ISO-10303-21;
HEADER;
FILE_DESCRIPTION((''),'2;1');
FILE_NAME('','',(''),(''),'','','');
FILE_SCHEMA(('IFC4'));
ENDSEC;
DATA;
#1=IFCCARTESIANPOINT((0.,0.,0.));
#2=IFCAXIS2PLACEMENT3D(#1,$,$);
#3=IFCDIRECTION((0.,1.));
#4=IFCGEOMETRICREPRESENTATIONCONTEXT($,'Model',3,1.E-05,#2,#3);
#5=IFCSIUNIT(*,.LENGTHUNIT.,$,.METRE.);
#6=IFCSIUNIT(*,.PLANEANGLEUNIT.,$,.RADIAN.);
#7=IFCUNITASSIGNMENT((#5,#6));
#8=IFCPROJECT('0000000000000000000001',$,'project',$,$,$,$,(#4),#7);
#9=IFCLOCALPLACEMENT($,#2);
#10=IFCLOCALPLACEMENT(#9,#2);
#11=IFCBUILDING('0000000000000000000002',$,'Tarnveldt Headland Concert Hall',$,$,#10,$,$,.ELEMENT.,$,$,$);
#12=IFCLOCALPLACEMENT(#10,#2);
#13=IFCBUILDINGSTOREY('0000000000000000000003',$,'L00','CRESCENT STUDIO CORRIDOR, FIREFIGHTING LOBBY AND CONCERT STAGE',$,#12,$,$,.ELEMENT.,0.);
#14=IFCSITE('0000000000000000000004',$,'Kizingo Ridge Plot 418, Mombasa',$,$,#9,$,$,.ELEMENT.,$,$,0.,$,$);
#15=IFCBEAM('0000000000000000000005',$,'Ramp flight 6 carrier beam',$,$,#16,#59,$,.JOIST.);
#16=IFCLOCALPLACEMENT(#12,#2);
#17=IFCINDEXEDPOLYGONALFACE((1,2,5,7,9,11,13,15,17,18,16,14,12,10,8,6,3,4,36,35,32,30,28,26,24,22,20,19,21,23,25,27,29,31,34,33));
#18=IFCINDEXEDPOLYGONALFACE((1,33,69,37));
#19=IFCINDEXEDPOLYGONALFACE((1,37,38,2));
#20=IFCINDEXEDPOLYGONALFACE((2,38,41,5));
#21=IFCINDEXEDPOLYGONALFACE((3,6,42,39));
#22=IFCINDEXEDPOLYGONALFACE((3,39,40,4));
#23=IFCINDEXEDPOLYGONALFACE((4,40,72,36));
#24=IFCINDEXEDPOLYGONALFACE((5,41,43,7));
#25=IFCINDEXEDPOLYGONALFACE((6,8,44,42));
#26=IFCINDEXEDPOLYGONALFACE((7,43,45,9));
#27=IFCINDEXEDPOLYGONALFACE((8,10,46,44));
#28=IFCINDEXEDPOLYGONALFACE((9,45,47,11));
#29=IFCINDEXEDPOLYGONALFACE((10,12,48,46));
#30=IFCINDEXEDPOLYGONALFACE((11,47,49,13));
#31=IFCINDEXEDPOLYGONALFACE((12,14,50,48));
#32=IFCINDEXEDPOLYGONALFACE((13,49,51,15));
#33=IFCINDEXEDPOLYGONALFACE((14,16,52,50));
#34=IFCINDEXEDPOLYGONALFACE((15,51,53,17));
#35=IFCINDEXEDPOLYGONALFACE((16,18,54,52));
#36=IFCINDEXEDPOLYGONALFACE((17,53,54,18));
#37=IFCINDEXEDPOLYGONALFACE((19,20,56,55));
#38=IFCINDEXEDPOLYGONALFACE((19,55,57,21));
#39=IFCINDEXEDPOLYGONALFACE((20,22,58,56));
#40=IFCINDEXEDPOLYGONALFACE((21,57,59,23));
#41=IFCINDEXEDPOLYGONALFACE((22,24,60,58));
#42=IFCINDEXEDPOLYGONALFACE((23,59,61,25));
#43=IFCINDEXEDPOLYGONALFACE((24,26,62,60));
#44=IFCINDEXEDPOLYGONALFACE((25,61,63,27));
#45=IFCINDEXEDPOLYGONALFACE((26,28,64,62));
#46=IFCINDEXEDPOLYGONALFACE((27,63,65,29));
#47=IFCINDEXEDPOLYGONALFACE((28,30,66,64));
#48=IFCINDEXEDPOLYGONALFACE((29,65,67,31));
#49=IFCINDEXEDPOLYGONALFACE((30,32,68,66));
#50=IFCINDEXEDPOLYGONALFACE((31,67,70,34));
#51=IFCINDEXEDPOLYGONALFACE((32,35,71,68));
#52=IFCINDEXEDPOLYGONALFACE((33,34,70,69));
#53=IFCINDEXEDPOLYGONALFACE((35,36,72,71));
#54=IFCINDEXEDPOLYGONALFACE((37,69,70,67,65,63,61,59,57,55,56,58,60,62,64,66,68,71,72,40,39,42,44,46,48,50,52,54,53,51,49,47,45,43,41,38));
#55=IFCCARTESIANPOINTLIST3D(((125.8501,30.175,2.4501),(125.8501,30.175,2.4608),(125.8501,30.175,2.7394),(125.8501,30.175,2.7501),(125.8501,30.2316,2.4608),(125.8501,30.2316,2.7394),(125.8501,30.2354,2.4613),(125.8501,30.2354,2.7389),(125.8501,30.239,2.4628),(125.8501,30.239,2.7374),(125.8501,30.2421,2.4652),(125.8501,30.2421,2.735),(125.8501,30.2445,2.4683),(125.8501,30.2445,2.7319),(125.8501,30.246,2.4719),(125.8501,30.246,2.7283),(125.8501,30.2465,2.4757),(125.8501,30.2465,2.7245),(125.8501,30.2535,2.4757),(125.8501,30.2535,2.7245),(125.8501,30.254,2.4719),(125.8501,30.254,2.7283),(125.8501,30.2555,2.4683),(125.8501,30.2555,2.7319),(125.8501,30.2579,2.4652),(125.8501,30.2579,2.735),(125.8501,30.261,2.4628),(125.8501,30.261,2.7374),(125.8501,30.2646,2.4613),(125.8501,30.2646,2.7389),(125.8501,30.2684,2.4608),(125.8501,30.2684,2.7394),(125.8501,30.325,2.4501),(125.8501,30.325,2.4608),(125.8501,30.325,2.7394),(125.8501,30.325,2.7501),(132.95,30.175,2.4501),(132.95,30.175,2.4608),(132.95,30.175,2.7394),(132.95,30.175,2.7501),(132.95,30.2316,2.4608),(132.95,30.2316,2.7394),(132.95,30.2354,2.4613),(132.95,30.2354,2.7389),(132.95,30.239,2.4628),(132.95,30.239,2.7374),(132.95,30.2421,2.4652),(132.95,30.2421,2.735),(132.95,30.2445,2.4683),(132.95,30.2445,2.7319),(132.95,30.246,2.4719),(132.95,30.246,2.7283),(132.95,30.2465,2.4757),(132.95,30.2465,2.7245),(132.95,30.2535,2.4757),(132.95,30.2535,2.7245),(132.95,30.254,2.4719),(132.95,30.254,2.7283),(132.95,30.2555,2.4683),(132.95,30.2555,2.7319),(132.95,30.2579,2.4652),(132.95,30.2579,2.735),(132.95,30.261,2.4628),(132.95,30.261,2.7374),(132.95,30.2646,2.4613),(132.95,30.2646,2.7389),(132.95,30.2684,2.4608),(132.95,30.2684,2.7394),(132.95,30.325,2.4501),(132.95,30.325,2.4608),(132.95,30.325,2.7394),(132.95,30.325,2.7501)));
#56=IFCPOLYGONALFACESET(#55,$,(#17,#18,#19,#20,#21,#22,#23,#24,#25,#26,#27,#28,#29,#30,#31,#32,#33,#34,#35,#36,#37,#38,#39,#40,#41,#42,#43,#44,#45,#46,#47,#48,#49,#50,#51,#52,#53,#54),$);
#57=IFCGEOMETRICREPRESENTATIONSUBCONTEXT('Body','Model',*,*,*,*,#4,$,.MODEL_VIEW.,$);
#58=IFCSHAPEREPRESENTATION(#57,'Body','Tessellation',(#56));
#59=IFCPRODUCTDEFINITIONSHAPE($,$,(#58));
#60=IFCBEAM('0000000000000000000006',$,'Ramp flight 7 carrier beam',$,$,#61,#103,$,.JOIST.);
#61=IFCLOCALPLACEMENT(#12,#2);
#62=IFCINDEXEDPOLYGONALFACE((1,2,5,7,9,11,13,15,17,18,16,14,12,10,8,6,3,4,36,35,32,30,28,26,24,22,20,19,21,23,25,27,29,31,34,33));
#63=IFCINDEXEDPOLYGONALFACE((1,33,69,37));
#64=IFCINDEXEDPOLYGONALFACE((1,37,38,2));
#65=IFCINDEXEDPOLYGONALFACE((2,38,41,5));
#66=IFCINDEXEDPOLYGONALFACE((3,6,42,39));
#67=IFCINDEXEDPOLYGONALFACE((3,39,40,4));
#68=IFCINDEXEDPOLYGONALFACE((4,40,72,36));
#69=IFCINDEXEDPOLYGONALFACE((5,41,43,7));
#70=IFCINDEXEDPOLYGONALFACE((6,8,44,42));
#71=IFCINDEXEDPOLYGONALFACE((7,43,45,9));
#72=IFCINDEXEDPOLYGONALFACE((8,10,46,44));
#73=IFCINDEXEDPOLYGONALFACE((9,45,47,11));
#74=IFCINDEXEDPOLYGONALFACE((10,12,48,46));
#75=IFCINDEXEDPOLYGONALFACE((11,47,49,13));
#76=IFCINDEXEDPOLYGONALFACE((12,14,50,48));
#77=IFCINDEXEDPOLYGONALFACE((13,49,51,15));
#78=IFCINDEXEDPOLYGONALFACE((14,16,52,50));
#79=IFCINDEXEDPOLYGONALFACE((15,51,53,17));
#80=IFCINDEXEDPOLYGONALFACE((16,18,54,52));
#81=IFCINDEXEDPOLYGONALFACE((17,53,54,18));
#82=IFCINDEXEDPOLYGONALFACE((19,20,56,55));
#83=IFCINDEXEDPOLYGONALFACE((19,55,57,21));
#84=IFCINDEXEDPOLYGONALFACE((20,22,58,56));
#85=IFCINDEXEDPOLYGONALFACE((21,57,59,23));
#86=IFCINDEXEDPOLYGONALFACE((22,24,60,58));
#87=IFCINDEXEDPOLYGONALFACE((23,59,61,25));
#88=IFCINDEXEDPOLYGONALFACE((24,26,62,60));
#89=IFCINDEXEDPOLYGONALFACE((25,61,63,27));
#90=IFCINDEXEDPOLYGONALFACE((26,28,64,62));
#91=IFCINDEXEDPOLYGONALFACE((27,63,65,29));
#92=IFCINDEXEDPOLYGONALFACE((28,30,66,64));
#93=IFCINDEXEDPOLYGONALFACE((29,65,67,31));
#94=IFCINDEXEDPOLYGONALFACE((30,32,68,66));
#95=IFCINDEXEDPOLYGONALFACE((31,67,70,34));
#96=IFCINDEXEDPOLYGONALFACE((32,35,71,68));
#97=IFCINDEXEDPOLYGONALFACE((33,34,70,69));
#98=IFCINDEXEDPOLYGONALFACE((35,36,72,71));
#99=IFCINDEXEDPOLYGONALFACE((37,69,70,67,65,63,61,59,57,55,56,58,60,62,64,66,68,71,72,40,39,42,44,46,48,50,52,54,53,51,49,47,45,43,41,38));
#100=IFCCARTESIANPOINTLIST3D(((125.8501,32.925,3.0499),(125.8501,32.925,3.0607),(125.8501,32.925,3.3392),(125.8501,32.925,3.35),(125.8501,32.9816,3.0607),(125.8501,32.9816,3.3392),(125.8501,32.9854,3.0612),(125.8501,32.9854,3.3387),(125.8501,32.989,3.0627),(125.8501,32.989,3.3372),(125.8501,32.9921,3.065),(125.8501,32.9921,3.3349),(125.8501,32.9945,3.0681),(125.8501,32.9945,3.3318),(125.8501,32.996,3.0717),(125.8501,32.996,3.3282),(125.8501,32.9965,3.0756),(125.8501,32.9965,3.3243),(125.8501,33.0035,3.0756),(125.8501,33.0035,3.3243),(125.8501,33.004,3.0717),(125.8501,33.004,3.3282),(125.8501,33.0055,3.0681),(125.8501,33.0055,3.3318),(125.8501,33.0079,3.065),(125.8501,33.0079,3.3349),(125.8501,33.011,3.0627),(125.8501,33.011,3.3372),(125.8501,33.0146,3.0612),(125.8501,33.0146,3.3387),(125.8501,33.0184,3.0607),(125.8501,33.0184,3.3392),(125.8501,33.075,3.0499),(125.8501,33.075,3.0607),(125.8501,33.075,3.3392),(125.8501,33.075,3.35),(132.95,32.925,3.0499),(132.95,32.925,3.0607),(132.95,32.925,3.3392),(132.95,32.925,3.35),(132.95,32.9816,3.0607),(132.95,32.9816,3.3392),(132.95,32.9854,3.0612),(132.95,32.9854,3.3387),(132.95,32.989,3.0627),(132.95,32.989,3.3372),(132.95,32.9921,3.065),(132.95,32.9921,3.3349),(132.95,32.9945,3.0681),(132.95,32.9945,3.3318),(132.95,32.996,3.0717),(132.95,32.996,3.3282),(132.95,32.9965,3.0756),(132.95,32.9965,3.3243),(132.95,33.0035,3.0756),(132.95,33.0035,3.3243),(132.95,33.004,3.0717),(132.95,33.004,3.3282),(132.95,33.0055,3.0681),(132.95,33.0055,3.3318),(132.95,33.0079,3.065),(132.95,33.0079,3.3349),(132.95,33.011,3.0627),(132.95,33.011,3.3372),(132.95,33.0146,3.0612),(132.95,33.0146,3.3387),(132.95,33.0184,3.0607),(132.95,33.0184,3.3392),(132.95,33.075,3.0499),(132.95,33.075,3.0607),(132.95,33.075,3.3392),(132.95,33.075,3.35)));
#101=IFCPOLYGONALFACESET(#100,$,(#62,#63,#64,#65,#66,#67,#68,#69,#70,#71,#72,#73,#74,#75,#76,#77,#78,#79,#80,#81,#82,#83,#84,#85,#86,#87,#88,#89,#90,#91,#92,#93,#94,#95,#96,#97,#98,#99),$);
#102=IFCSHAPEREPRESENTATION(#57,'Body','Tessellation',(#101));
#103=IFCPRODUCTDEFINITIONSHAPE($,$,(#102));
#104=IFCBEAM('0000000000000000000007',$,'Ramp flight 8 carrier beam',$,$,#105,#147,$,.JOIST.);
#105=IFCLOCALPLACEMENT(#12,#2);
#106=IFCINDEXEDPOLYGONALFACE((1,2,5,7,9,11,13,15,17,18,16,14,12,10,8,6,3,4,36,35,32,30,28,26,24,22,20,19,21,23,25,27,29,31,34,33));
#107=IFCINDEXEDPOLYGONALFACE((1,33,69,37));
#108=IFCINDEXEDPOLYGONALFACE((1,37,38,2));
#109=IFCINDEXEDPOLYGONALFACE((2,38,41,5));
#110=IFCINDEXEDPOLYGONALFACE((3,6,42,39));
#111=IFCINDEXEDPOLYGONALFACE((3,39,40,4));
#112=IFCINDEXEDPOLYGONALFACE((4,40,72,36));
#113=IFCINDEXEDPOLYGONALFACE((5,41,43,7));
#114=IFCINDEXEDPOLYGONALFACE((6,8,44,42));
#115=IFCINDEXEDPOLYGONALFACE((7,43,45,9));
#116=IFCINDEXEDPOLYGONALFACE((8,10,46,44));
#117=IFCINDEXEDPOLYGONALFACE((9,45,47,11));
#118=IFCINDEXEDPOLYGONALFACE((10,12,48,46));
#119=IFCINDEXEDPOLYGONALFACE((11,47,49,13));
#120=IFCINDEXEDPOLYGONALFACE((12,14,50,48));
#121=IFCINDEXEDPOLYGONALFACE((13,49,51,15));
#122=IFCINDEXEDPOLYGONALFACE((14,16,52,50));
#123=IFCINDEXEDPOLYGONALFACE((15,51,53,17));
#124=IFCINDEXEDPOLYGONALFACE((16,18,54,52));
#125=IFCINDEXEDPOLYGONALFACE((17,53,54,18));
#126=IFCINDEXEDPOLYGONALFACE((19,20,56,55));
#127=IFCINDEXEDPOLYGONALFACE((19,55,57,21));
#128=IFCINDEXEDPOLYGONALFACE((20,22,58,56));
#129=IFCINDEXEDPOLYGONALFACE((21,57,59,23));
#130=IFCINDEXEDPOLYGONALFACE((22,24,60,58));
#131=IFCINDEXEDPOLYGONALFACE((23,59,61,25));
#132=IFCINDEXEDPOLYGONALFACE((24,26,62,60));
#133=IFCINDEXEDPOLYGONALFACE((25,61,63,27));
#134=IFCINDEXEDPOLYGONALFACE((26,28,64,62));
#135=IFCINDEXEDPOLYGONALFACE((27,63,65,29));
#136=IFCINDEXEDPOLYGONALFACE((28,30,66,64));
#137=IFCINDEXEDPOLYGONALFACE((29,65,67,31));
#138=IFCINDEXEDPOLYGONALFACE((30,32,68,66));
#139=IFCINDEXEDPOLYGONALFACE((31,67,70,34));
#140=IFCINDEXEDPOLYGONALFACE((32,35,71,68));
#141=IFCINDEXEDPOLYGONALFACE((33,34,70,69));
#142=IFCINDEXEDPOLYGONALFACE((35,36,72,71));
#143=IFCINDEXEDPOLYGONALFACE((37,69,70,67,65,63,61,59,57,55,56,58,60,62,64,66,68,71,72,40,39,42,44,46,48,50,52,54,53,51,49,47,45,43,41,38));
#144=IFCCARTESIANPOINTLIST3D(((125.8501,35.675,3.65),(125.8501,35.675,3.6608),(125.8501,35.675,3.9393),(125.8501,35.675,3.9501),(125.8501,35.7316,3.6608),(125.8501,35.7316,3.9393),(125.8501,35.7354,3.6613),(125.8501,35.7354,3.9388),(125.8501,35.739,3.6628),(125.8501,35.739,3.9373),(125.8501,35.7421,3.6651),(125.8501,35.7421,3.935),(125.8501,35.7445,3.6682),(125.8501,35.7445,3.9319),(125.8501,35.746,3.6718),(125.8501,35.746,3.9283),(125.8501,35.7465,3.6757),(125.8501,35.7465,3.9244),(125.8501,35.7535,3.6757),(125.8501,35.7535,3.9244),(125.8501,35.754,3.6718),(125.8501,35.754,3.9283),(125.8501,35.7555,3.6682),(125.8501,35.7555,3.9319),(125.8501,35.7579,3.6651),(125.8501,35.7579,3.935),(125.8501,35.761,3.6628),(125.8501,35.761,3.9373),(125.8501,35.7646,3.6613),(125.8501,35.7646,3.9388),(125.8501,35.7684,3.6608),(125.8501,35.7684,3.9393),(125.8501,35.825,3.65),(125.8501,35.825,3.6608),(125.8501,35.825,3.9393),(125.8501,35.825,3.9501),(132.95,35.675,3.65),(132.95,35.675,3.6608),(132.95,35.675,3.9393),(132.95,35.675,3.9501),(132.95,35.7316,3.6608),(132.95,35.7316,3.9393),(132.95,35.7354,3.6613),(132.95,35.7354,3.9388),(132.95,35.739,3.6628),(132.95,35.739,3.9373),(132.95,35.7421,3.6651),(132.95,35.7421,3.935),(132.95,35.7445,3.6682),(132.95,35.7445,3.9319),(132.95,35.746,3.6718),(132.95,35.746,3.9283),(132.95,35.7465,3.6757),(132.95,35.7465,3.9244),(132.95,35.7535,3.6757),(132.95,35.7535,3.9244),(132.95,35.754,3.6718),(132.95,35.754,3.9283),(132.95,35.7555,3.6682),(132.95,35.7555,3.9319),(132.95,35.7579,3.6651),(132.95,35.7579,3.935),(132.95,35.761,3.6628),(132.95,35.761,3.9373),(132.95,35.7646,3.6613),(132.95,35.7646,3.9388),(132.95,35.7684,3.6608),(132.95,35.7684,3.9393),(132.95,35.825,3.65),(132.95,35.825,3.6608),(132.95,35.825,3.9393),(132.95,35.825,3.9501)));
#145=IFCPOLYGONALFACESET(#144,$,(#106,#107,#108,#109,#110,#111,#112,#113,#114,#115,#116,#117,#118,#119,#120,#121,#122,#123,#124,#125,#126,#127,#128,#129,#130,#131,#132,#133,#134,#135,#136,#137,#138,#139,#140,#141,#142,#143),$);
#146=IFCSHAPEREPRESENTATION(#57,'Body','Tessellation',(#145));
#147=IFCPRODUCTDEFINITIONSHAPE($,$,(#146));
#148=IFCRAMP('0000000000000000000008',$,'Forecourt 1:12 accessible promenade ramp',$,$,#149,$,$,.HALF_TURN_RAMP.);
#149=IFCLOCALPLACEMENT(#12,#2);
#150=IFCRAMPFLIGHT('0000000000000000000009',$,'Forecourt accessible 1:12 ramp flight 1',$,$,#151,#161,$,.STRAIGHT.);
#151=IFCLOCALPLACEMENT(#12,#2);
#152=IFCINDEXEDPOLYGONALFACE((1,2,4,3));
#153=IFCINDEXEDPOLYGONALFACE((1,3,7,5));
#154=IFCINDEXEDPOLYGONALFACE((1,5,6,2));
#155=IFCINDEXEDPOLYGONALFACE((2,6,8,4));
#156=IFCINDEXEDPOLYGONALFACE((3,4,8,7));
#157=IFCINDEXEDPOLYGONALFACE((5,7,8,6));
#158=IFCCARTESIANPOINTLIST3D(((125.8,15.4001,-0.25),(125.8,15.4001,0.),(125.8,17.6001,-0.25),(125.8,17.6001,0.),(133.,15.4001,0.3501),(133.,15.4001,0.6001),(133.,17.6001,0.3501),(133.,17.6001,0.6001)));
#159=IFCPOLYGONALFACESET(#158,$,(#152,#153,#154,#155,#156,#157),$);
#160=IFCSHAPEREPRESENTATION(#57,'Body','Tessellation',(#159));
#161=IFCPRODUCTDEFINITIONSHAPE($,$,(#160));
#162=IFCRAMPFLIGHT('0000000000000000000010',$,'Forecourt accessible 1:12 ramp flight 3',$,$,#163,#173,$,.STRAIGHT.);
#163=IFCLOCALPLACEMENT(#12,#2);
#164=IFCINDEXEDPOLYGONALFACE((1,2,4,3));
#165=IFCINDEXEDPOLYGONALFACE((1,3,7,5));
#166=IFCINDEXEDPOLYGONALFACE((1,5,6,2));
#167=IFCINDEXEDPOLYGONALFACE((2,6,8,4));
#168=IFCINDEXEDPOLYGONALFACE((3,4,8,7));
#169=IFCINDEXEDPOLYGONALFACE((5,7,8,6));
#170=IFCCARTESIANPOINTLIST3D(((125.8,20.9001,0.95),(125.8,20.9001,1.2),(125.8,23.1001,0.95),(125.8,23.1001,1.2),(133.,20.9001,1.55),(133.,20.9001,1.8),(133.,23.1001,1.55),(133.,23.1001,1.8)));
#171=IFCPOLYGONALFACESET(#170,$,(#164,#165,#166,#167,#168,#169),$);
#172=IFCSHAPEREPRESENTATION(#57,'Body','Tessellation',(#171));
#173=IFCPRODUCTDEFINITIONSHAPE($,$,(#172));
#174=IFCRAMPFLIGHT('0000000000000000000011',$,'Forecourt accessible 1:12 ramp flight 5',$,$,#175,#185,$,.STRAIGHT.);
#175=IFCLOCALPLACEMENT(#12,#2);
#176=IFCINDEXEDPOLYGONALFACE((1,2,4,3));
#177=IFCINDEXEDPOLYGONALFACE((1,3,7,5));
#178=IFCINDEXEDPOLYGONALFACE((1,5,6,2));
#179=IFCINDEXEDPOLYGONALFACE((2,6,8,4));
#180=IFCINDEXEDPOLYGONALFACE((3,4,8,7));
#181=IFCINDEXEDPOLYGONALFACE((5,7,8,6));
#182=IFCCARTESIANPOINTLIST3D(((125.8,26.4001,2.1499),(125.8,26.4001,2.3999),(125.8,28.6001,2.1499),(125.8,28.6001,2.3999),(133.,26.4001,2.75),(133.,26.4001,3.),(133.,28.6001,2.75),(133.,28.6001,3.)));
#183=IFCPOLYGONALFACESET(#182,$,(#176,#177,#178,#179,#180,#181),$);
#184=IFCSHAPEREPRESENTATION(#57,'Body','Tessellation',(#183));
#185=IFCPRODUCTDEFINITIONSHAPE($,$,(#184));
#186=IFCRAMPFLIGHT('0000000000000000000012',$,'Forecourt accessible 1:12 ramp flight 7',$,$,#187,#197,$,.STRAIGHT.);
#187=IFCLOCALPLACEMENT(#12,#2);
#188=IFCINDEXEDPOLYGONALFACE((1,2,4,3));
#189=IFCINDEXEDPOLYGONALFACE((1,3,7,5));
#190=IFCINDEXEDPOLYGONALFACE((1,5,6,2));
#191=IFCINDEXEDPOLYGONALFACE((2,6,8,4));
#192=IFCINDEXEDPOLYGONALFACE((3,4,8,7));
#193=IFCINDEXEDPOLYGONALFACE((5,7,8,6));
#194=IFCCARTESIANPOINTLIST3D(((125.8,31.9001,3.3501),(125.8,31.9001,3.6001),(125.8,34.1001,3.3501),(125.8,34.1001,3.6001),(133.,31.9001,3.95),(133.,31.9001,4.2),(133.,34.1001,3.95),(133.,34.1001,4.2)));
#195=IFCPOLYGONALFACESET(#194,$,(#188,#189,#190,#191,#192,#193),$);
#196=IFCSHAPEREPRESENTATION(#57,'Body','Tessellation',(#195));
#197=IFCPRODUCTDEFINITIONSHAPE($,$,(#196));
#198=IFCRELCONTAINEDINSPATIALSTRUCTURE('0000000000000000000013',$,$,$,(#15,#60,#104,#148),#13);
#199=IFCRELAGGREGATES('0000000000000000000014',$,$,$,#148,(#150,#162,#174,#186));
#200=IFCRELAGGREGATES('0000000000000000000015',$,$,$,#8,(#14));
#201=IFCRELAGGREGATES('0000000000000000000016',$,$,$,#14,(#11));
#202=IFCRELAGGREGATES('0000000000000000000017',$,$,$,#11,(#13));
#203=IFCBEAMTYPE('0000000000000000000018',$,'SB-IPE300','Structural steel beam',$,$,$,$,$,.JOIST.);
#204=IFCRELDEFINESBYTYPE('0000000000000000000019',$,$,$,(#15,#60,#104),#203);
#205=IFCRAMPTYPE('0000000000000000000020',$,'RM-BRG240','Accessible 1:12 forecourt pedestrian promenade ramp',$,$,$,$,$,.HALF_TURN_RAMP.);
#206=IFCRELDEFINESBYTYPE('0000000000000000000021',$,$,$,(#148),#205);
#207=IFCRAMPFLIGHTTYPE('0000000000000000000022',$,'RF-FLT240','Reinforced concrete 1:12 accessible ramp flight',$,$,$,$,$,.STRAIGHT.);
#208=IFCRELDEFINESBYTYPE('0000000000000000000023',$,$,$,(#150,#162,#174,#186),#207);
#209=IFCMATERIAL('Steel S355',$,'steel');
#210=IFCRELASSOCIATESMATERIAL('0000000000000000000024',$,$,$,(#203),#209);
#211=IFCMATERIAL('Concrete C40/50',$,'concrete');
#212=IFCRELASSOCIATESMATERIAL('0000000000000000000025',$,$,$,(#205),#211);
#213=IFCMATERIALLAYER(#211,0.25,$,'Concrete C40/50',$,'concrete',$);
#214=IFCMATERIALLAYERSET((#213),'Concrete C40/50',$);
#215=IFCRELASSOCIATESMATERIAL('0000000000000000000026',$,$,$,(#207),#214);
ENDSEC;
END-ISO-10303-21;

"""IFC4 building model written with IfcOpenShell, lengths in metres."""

from ifc_helpers import new_model, si_unit, direction, frame, origin, origin_2d, place, context, subcontext, project, spatial, polyline, i_section, outline, extrude, material, layer, layer_set, material_profile, profile_set, type_object, element, aggregate, save


model = new_model("IFC4")

# Units and contexts
model_context = context("Model", 3, precision=1e-05, world=origin(), true_north=direction((0.0, 1.0)))
body_context = subcontext(model_context, "Body", "Model", "MODEL_VIEW")
ifc_project = project(units=[si_unit("LENGTHUNIT", "METRE"), si_unit("PLANEANGLEUNIT", "RADIAN")], contexts=[model_context])

# Site, building, storey
site_placement = place(None, origin())
site = spatial("IfcSite", under=ifc_project, at=site_placement, Name="Kizingo Ridge Plot 418, Mombasa", CompositionType="ELEMENT", RefElevation=0.0)
building_placement = place(site_placement, origin())
building = spatial("IfcBuilding", under=site, at=building_placement, Name="Tarnveldt Headland Concert Hall", CompositionType="ELEMENT")
storey_placement = place(building_placement, origin())
storey = spatial("IfcBuildingStorey", under=building, at=storey_placement, Name="L00", Description="CRESCENT STUDIO CORRIDOR, FIREFIGHTING LOBBY AND CONCERT STAGE", CompositionType="ELEMENT", Elevation=0.0)

# Shared definitions
ifc_material_1 = material(Name="Steel S355", Category="steel")

# Beams
ifc_material_profile_1 = material_profile(ifc_material_1, i_section(OverallWidth=0.1499, OverallDepth=0.3, WebThickness=0.0071, FlangeThickness=0.0107, FilletRadius=0.0149, at=origin_2d()), Name="IPE300", Category="steel")
ifc_profile_set_1 = profile_set([ifc_material_profile_1], Name="Steel S355")
beam_type_1 = type_object("IfcBeamType", Name="SB-IPE300", Description="Structural steel beam", PredefinedType="JOIST", material=ifc_profile_set_1)
for number, where, z_axis, x_axis, name in (
    (1, (125.8501, 30.25, 2.6001), (1.0, 0.0, 0.0), (0.0, 1.0, 0.0), "Ramp flight 6 carrier beam"),
    (2, (125.8501, 33.0, 3.2), (1.0, 0.0, 0.0), (0.0, 1.0, 0.0), "Ramp flight 7 carrier beam"),
    (3, (125.8501, 35.75, 3.8), (1.0, 0.0, 0.0), (0.0, 1.0, 0.0), "Ramp flight 8 carrier beam"),
):
    element("IfcBeam", number, at=place(storey_placement, frame(where, z_axis=z_axis, x_axis=x_axis)), inside=storey, type_object=beam_type_1, Name=name, PredefinedType="JOIST", context=body_context, shape_type="SweptSolid", body=[
        extrude(i_section(OverallWidth=0.1499, OverallDepth=0.3, WebThickness=0.0071, FlangeThickness=0.0107, FilletRadius=0.0149, at=origin_2d()), origin(), (0.0, 0.0, 1.0), 7.0999),
    ])

# Ramp, ramp flights
ifc_material_2 = material(Name="Concrete C40/50", Category="concrete")
ramp_type = type_object("IfcRampType", Name="RM-BRG240", Description="Accessible 1:12 forecourt pedestrian promenade ramp", PredefinedType="HALF_TURN_RAMP", material=ifc_material_2)
ramp_placement = place(storey_placement, origin())
ramp = element("IfcRamp", 4, at=ramp_placement, inside=storey, type_object=ramp_type, Name="Forecourt 1:12 accessible promenade ramp", PredefinedType="HALF_TURN_RAMP")
ifc_layer_1 = layer(ifc_material_2, 0.25, Name="Concrete C40/50", Category="concrete")
ifc_layer_set_1 = layer_set([ifc_layer_1], Name="Concrete C40/50")
ramp_flight_type = type_object("IfcRampFlightType", Name="RF-FLT240", Description="Reinforced concrete 1:12 accessible ramp flight", PredefinedType="STRAIGHT", material=ifc_layer_set_1)
ramp_flight_1_placement = place(storey_placement, frame((125.8, 16.5, 0.0), z_axis=(0.0, 0.0, 1.0), x_axis=(1.0, 0.0, 0.0)))
ramp_flight_1 = element("IfcRampFlight", 5, at=ramp_flight_1_placement, type_object=ramp_flight_type, Name="Forecourt accessible 1:12 ramp flight 1", PredefinedType="STRAIGHT", context=body_context, shape_type="SweptSolid", body=[
    extrude(outline(polyline([(0.0, 0.0), (7.2, 0.6001), (7.2, 0.3501), (0.0, -0.25), (0.0, 0.0)])), frame((0.0, 1.1001, 0.0), z_axis=(0.0, -1.0, 0.0), x_axis=(1.0, 0.0, 0.0)), (0.0, 0.0, 1.0), 2.2),
])
ramp_flight_2_placement = place(storey_placement, frame((125.8, 22.0, 1.2), z_axis=(0.0, 0.0, 1.0), x_axis=(1.0, 0.0, 0.0)))
ramp_flight_2 = element("IfcRampFlight", 6, at=ramp_flight_2_placement, type_object=ramp_flight_type, Name="Forecourt accessible 1:12 ramp flight 3", PredefinedType="STRAIGHT", context=body_context, shape_type="SweptSolid", body=[
    extrude(outline(polyline([(0.0, 0.0), (7.2, 0.6001), (7.2, 0.3501), (0.0, -0.25), (0.0, 0.0)])), frame((0.0, 1.1001, 0.0), z_axis=(0.0, -1.0, 0.0), x_axis=(1.0, 0.0, 0.0)), (0.0, 0.0, 1.0), 2.2),
])
ramp_flight_3_placement = place(storey_placement, frame((125.8, 27.5, 2.3999), z_axis=(0.0, 0.0, 1.0), x_axis=(1.0, 0.0, 0.0)))
ramp_flight_3 = element("IfcRampFlight", 7, at=ramp_flight_3_placement, type_object=ramp_flight_type, Name="Forecourt accessible 1:12 ramp flight 5", PredefinedType="STRAIGHT", context=body_context, shape_type="SweptSolid", body=[
    extrude(outline(polyline([(0.0, 0.0), (7.2, 0.6001), (7.2, 0.3501), (0.0, -0.25), (0.0, 0.0)])), frame((0.0, 1.1001, 0.0), z_axis=(0.0, -1.0, 0.0), x_axis=(1.0, 0.0, 0.0)), (0.0, 0.0, 1.0), 2.2),
])
ramp_flight_4_placement = place(storey_placement, frame((125.8, 33.0, 3.6001), z_axis=(0.0, 0.0, 1.0), x_axis=(1.0, 0.0, 0.0)))
ramp_flight_4 = element("IfcRampFlight", 8, at=ramp_flight_4_placement, type_object=ramp_flight_type, Name="Forecourt accessible 1:12 ramp flight 7", PredefinedType="STRAIGHT", context=body_context, shape_type="SweptSolid", body=[
    extrude(outline(polyline([(0.0, 0.0), (7.2, 0.5999), (7.2, 0.3499), (0.0, -0.25), (0.0, 0.0)])), frame((0.0, 1.1001, 0.0), z_axis=(0.0, -1.0, 0.0), x_axis=(1.0, 0.0, 0.0)), (0.0, 0.0, 1.0), 2.2),
])
aggregate(ramp, [ramp_flight_1, ramp_flight_2, ramp_flight_3, ramp_flight_4])

save(model, "model.ifc")
